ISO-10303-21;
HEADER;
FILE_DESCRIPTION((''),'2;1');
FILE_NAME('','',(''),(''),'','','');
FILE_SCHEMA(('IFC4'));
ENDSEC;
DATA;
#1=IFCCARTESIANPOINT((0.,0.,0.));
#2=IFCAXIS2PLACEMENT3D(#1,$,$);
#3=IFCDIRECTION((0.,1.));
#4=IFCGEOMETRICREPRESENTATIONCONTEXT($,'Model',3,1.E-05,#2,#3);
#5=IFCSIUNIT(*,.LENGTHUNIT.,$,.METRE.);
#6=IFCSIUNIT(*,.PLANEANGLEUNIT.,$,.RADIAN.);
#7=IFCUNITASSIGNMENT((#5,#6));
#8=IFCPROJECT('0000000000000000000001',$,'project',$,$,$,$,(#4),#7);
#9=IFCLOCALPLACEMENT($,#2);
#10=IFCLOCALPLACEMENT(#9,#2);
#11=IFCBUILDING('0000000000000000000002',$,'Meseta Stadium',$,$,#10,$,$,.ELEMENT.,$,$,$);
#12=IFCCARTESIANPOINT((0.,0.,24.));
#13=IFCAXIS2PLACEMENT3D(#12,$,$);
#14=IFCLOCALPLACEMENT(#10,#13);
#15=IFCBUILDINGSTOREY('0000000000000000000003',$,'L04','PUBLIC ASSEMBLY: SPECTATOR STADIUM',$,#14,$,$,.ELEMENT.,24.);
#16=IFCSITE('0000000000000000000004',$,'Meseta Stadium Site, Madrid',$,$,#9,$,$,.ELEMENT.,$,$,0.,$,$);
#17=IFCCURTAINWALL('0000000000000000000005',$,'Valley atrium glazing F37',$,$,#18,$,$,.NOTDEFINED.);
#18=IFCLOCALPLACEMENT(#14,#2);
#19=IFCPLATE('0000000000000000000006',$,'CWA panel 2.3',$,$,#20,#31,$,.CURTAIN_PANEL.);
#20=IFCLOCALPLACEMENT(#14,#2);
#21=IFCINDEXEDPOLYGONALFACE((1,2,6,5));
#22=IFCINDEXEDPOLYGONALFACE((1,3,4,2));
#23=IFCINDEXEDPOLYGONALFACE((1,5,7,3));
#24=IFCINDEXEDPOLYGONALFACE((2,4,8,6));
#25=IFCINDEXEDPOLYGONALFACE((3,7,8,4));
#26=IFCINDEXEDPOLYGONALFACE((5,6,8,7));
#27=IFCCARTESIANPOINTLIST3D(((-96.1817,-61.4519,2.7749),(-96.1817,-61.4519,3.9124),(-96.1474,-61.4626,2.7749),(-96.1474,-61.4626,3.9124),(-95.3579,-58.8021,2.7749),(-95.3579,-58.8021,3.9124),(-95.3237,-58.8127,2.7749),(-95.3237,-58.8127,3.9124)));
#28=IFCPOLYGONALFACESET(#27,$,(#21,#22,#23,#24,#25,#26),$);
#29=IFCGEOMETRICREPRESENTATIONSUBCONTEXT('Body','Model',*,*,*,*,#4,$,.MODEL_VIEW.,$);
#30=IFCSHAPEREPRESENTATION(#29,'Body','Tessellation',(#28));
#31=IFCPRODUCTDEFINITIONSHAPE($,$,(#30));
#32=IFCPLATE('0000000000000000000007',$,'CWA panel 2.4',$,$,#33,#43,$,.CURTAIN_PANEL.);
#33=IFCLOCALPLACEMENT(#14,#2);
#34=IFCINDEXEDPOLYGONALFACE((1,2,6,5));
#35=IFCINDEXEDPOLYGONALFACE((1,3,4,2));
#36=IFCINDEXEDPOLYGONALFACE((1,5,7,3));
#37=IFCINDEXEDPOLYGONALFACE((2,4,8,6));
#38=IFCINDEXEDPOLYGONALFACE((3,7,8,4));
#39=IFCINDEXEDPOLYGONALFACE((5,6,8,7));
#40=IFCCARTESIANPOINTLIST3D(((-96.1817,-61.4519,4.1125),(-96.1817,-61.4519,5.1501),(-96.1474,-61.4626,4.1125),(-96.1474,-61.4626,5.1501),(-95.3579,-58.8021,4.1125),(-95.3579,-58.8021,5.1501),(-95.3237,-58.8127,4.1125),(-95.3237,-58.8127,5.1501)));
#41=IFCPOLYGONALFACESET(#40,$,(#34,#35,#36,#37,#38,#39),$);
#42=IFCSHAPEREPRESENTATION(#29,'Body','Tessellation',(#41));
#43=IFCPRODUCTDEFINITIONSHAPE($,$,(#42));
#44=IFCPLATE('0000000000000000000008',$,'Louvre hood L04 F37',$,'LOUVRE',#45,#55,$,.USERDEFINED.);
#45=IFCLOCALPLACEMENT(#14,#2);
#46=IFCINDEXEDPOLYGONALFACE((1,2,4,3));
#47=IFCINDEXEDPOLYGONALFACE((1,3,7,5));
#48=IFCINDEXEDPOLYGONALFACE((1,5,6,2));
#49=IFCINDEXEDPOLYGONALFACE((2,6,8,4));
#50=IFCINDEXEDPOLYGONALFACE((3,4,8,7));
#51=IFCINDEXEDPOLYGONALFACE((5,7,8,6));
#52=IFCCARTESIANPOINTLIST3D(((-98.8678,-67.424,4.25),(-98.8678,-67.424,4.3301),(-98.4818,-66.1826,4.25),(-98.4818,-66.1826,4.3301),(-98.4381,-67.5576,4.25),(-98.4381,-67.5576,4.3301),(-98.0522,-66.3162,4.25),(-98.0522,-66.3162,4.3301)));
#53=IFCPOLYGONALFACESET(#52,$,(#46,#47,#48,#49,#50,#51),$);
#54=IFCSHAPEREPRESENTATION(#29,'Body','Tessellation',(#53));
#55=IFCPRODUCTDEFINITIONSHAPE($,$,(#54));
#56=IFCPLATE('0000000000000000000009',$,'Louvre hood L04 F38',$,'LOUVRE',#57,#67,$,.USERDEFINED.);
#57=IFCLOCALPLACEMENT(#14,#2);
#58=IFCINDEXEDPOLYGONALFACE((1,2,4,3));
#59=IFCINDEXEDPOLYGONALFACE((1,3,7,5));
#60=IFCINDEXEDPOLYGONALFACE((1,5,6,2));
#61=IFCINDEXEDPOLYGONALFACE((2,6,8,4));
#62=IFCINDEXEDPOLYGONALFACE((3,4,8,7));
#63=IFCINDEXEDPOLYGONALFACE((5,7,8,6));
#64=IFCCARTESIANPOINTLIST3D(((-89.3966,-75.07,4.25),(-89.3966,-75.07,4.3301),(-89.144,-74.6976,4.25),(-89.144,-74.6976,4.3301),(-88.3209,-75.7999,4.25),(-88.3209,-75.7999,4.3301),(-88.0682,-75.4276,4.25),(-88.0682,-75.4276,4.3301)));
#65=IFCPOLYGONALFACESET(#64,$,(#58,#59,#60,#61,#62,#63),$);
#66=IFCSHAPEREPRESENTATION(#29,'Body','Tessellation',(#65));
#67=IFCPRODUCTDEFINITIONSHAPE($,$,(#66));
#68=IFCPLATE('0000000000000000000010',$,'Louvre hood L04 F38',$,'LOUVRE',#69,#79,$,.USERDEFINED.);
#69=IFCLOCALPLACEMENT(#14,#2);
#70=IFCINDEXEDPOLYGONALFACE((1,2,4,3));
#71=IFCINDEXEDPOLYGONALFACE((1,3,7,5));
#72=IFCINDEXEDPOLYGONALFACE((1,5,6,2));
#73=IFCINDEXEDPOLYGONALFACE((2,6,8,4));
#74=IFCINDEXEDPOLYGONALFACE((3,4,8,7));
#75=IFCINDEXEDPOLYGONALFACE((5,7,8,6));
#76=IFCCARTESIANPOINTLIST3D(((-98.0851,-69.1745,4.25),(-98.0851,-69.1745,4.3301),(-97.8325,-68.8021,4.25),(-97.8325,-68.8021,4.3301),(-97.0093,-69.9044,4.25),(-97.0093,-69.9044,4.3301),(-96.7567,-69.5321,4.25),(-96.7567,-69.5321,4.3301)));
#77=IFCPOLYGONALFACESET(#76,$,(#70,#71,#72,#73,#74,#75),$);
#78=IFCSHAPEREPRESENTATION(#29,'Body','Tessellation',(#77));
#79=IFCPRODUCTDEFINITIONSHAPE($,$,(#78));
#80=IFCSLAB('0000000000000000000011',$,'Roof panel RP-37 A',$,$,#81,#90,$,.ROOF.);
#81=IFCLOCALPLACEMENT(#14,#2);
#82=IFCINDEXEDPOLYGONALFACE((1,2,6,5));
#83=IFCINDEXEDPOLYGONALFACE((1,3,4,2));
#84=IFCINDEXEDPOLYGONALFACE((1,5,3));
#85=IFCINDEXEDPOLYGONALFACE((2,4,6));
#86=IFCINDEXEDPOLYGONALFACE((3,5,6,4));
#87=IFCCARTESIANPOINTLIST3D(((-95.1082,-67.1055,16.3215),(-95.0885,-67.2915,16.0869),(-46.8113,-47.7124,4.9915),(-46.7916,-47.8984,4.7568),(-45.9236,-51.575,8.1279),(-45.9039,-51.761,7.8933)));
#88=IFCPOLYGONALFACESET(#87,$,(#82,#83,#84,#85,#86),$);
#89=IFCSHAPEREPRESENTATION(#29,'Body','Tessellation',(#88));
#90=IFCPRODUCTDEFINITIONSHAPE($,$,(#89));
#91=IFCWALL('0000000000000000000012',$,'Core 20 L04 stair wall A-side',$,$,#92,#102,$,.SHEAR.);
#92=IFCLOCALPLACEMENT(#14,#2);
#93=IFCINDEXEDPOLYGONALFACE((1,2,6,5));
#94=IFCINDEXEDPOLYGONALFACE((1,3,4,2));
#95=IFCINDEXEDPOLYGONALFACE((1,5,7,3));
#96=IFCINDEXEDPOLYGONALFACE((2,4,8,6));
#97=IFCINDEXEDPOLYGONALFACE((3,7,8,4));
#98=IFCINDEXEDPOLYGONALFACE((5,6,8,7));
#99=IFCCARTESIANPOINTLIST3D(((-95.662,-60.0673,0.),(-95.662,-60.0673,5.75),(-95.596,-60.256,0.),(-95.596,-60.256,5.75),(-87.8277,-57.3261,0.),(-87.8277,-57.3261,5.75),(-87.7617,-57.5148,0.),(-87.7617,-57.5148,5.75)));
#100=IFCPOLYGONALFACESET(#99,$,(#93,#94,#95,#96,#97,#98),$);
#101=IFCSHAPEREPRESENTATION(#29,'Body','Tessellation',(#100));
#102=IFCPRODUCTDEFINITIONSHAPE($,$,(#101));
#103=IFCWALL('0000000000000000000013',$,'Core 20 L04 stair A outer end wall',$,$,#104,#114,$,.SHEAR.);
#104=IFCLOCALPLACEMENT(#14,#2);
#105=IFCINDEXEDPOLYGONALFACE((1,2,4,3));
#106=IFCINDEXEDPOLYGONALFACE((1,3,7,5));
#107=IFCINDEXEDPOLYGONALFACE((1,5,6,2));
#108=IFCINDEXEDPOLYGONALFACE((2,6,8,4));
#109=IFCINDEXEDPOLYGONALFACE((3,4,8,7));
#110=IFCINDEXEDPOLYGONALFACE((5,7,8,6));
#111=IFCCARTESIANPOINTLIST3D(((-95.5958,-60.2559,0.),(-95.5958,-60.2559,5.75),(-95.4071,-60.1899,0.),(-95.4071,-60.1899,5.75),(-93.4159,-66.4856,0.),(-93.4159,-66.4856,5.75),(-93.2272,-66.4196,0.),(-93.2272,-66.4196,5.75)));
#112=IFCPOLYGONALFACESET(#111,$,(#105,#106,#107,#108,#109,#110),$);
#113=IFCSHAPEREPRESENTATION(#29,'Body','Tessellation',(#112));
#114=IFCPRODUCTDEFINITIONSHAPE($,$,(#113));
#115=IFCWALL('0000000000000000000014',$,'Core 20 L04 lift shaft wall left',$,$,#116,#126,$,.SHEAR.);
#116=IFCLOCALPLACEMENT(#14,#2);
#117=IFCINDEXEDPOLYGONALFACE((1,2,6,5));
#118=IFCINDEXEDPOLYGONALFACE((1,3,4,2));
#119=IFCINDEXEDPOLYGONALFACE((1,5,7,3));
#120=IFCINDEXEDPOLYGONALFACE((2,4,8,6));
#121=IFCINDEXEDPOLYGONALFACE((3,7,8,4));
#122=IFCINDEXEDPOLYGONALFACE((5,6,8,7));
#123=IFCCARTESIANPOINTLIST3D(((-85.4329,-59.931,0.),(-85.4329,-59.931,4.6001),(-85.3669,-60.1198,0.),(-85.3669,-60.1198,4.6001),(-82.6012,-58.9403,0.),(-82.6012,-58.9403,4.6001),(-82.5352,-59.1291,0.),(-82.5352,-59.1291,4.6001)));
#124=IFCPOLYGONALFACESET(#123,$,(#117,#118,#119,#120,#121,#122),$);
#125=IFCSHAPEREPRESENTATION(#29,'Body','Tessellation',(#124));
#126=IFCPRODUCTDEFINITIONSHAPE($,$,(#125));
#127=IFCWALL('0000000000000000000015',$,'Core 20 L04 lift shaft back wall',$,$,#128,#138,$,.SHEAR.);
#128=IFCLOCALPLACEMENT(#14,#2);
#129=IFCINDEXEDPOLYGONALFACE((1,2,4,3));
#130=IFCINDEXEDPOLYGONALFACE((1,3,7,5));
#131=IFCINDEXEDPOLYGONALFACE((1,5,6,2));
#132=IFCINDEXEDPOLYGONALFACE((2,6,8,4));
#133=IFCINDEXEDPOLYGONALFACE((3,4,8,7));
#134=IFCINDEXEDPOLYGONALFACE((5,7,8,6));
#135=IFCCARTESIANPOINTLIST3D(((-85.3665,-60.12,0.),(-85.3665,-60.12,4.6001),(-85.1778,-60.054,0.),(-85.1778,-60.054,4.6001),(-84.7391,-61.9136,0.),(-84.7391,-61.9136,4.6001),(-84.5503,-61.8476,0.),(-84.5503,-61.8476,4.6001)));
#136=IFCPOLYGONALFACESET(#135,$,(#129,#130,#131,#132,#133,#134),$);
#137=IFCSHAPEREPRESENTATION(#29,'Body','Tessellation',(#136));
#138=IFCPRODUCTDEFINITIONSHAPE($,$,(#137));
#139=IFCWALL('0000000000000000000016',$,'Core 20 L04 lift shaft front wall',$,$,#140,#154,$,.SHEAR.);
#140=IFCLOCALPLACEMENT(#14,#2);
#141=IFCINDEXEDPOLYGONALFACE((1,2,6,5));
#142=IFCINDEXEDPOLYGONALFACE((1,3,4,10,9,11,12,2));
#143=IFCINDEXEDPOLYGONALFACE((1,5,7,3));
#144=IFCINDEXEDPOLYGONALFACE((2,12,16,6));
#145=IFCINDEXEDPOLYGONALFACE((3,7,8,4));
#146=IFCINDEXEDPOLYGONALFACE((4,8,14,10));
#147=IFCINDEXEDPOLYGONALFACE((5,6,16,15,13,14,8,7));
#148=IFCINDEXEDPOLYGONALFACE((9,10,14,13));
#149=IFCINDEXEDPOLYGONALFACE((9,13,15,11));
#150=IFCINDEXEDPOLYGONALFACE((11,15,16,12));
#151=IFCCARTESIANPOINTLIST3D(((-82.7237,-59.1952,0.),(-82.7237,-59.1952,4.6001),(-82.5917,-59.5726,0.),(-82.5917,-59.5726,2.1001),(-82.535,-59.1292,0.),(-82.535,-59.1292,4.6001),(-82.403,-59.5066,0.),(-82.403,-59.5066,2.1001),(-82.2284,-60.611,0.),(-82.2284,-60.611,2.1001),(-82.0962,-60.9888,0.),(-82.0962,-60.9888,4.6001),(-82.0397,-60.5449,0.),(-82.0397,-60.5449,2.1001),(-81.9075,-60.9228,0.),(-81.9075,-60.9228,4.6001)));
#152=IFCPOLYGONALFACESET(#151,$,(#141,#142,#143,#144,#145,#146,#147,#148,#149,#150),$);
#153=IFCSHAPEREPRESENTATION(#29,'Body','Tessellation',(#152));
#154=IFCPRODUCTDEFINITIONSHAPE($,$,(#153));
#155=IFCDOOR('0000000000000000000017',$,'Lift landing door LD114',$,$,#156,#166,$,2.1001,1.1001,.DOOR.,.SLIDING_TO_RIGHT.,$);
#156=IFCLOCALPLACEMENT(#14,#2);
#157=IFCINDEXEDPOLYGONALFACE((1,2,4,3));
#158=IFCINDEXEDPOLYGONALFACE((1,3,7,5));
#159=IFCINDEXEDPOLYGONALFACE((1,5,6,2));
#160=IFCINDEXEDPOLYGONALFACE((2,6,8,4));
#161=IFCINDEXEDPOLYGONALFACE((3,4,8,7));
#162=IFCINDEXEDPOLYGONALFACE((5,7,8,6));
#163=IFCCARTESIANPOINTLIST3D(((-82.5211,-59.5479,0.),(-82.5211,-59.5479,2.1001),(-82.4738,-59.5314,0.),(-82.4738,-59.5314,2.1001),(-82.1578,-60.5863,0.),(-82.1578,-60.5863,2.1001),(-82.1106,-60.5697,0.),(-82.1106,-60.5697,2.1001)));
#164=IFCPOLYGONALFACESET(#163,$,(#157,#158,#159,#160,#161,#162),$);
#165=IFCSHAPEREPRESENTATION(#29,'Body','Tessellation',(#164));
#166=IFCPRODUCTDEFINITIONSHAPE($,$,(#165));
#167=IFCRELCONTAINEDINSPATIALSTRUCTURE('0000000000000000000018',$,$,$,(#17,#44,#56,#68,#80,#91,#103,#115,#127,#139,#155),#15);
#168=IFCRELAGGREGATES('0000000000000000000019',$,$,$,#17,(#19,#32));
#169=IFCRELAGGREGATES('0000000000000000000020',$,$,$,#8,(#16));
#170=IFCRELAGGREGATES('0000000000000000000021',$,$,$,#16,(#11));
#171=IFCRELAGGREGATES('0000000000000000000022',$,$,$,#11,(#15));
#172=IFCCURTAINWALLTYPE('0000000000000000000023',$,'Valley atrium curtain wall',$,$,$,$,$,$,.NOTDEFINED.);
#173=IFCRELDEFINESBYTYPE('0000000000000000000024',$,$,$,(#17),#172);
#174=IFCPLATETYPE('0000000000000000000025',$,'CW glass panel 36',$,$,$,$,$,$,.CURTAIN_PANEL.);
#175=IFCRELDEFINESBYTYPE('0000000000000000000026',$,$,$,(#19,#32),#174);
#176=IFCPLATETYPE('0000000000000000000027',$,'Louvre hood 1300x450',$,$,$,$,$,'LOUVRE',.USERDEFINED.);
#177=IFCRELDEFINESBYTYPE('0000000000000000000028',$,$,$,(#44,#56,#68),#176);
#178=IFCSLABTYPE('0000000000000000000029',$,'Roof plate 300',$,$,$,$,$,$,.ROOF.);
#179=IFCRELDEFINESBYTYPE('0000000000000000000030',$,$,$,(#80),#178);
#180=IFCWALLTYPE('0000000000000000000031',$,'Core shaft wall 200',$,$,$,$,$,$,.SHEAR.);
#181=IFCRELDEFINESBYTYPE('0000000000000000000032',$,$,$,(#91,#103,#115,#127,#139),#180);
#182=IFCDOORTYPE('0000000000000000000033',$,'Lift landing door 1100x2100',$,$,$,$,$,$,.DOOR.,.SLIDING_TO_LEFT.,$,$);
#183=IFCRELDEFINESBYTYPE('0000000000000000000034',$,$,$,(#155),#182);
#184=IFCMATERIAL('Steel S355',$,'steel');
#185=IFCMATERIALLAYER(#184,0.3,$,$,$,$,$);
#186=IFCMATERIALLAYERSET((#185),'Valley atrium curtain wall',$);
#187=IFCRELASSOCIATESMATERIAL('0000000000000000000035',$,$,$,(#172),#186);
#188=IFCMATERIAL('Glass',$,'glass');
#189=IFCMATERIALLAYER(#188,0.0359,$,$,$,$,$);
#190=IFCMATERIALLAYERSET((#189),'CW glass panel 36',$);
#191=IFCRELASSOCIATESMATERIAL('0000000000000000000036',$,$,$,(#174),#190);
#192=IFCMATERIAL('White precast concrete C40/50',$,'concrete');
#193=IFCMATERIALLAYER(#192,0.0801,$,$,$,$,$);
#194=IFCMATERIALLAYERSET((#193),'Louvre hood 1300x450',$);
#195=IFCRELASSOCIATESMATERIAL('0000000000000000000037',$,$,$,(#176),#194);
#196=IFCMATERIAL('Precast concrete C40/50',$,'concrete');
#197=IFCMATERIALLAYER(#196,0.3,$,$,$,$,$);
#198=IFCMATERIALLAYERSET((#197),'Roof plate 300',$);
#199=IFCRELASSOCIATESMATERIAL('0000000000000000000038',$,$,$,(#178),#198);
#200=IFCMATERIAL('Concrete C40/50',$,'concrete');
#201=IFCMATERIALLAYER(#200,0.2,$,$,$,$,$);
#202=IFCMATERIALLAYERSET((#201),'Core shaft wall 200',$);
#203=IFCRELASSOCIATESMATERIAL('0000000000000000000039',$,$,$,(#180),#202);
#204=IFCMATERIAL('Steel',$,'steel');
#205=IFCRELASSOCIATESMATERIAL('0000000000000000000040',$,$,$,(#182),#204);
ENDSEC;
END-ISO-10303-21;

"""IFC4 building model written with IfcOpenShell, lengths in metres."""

from ifc_helpers import new_model, si_unit, direction, frame, frame_2d, origin, origin_2d, place, context, subcontext, project, spatial, polyline, rectangle, outline, extrude, material, layer, layer_set, type_object, element, fill, aggregate, save


model = new_model("IFC4")

# Units and contexts
model_context = context("Model", 3, precision=1e-05, world=origin(), true_north=direction((0.0, 1.0)))
body_context = subcontext(model_context, "Body", "Model", "MODEL_VIEW")
ifc_project = project(units=[si_unit("LENGTHUNIT", "METRE"), si_unit("PLANEANGLEUNIT", "RADIAN")], contexts=[model_context])

# Site, building, storey
site_placement = place(None, origin())
site = spatial("IfcSite", under=ifc_project, at=site_placement, Name="Meseta Stadium Site, Madrid", CompositionType="ELEMENT", RefElevation=0.0)
building_placement = place(site_placement, origin())
building = spatial("IfcBuilding", under=site, at=building_placement, Name="Meseta Stadium", CompositionType="ELEMENT")
storey_placement = place(building_placement, frame((0.0, 0.0, 24.0)))
storey = spatial("IfcBuildingStorey", under=building, at=storey_placement, Name="L04", Description="PUBLIC ASSEMBLY: SPECTATOR STADIUM", CompositionType="ELEMENT", Elevation=24.0)

# Curtain wall
ifc_material_1 = material(Name="Steel S355", Category="steel")
ifc_layer_1 = layer(ifc_material_1, 0.3)
ifc_layer_set_1 = layer_set([ifc_layer_1], Name="Valley atrium curtain wall")
curtain_wall_type = type_object("IfcCurtainWallType", Name="Valley atrium curtain wall", PredefinedType="NOTDEFINED", material=ifc_layer_set_1)
curtain_wall_placement = place(storey_placement, origin())
curtain_wall = element("IfcCurtainWall", 1, at=curtain_wall_placement, inside=storey, type_object=curtain_wall_type, Name="Valley atrium glazing F37", PredefinedType="NOTDEFINED")

# Plates
ifc_material_2 = material(Name="Glass", Category="glass")
ifc_layer_2 = layer(ifc_material_2, 0.0359)
ifc_layer_set_2 = layer_set([ifc_layer_2], Name="CW glass panel 36")
plate_type_1 = type_object("IfcPlateType", Name="CW glass panel 36", PredefinedType="CURTAIN_PANEL", material=ifc_layer_set_2)
plate_1_placement = place(storey_placement, frame((-95.7527, -60.1323, 2.7749), z_axis=(0.0, 0.0, 1.0), x_axis=(-0.296869, -0.954918, 0.0)))
plate_1 = element("IfcPlate", 2, at=plate_1_placement, type_object=plate_type_1, Name="CWA panel 2.3", PredefinedType="CURTAIN_PANEL", context=body_context, shape_type="SweptSolid", body=[
    extrude(rectangle(XDim=2.7749, YDim=0.0359, at=origin_2d()), origin(), (0.0, 0.0, 1.0), 1.1375),
])
plate_2_placement = place(storey_placement, frame((-95.7527, -60.1323, 4.1125), z_axis=(0.0, 0.0, 1.0), x_axis=(-0.296869, -0.954918, 0.0)))
plate_2 = element("IfcPlate", 3, at=plate_2_placement, type_object=plate_type_1, Name="CWA panel 2.4", PredefinedType="CURTAIN_PANEL", context=body_context, shape_type="SweptSolid", body=[
    extrude(rectangle(XDim=2.7749, YDim=0.0359, at=origin_2d()), origin(), (0.0, 0.0, 1.0), 1.0376),
])
aggregate(curtain_wall, [plate_1, plate_2])

# Plates
ifc_material_3 = material(Name="White precast concrete C40/50", Category="concrete")
ifc_layer_3 = layer(ifc_material_3, 0.0801)
ifc_layer_set_3 = layer_set([ifc_layer_3], Name="Louvre hood 1300x450")
plate_type_2 = type_object("IfcPlateType", Name="Louvre hood 1300x450", ElementType="LOUVRE", PredefinedType="USERDEFINED", material=ifc_layer_set_3)
for number, where, z_axis, x_axis, name in (
    (4, (-98.46, -66.8701, 4.25), (0.0, 0.0, 1.0), (-0.296869, -0.954918, 0.0), "Louvre hood L04 F37"),
    (5, (-88.7324, -75.2488, 4.25), (0.0, 0.0, 1.0), (0.827483, -0.56149, 0.0), "Louvre hood L04 F38"),
    (6, (-97.4209, -69.3533, 4.25), (0.0, 0.0, 1.0), (0.827483, -0.56149, 0.0), "Louvre hood L04 F38"),
):
    element("IfcPlate", number, at=place(storey_placement, frame(where, z_axis=z_axis, x_axis=x_axis)), inside=storey, type_object=plate_type_2, Name=name, ObjectType="LOUVRE", PredefinedType="USERDEFINED", context=body_context, shape_type="SweptSolid", body=[
        extrude(rectangle(XDim=1.3, YDim=0.45, at=origin_2d()), origin(), (0.0, 0.0, 1.0), 0.0801),
    ])

# Slab
ifc_material_4 = material(Name="Precast concrete C40/50", Category="concrete")
ifc_layer_4 = layer(ifc_material_4, 0.3)
ifc_layer_set_4 = layer_set([ifc_layer_4], Name="Roof plate 300")
slab_type = type_object("IfcSlabType", Name="Roof plate 300", PredefinedType="ROOF", material=ifc_layer_set_4)
slab_placement = place(storey_placement, frame((-95.1082, -67.1055, 16.3215), z_axis=(-0.065478, 0.619905, 0.78194), x_axis=(0.906746, 0.364094, -0.212716)))
element("IfcSlab", 7, at=slab_placement, inside=storey, type_object=slab_type, Name="Roof panel RP-37 A", PredefinedType="ROOF", context=body_context, shape_type="SweptSolid", body=[
    extrude(outline(polyline([(0.0, 0.0), (53.264, 0.0), (51.9954, -4.8924), (0.0, 0.0)])), origin(), (0.0, 0.0, -1.0), 0.3),
])

# Walls
ifc_material_5 = material(Name="Concrete C40/50", Category="concrete")
ifc_layer_5 = layer(ifc_material_5, 0.2)
ifc_layer_set_5 = layer_set([ifc_layer_5], Name="Core shaft wall 200")
wall_type_1 = type_object("IfcWallType", Name="Core shaft wall 200", PredefinedType="SHEAR", material=ifc_layer_set_5)
wall_1_placement = place(storey_placement, frame((-95.6289, -60.1616, 0.0), z_axis=(0.0, 0.0, 1.0), x_axis=(0.943887, 0.330268, 0.0)))
element("IfcWall", 8, at=wall_1_placement, inside=storey, type_object=wall_type_1, Name="Core 20 L04 stair wall A-side", PredefinedType="SHEAR", context=body_context, shape_type="SweptSolid", body=[
    extrude(rectangle(XDim=8.3, YDim=0.2, at=frame_2d((4.1499, 0.0))), origin(), (0.0, 0.0, 1.0), 5.75),
])
wall_2_placement = place(storey_placement, frame((-95.5015, -60.2229, 0.0), z_axis=(0.0, 0.0, 1.0), x_axis=(0.330286, -0.943881, 0.0)))
element("IfcWall", 9, at=wall_2_placement, inside=storey, type_object=wall_type_1, Name="Core 20 L04 stair A outer end wall", PredefinedType="SHEAR", context=body_context, shape_type="SweptSolid", body=[
    extrude(rectangle(XDim=6.6001, YDim=0.2, at=frame_2d((3.3, 0.0))), origin(), (0.0, 0.0, 1.0), 5.75),
])
wall_3_placement = place(storey_placement, frame((-85.3999, -60.0254, 0.0), z_axis=(0.0, 0.0, 1.0), x_axis=(0.9439, 0.330231, 0.0)))
element("IfcWall", 10, at=wall_3_placement, inside=storey, type_object=wall_type_1, Name="Core 20 L04 lift shaft wall left", PredefinedType="SHEAR", context=body_context, shape_type="SweptSolid", body=[
    extrude(rectangle(XDim=3.0, YDim=0.2, at=frame_2d((1.5, 0.0))), origin(), (0.0, 0.0, 1.0), 4.6001),
])
wall_4_placement = place(storey_placement, frame((-85.2722, -60.0869, 0.0), z_axis=(0.0, 0.0, 1.0), x_axis=(0.330225, -0.943902, 0.0)))
element("IfcWall", 11, at=wall_4_placement, inside=storey, type_object=wall_type_1, Name="Core 20 L04 lift shaft back wall", PredefinedType="SHEAR", context=body_context, shape_type="SweptSolid", body=[
    extrude(rectangle(XDim=1.9001, YDim=0.2, at=frame_2d((0.9502, 0.0))), origin(), (0.0, 0.0, 1.0), 4.6001),
])

# Wall, opening, door
wall_5_placement = place(storey_placement, frame((-82.6294, -59.1621, 0.0), z_axis=(0.0, 0.0, 1.0), x_axis=(0.330225, -0.943902, 0.0)))
wall_5 = element("IfcWall", 12, at=wall_5_placement, inside=storey, type_object=wall_type_1, Name="Core 20 L04 lift shaft front wall", PredefinedType="SHEAR", context=body_context, shape_type="SweptSolid", body=[
    extrude(rectangle(XDim=1.9001, YDim=0.2, at=frame_2d((0.9502, 0.0))), origin(), (0.0, 0.0, 1.0), 4.6001),
])
opening_1_placement = place(wall_5_placement, frame((0.3999, 0.0, 0.0)))
opening_1 = element("IfcOpeningElement", 13, at=opening_1_placement, cuts=wall_5, PredefinedType="OPENING", context=body_context, shape_type="SweptSolid", body=[
    extrude(rectangle(XDim=1.1001, YDim=2.1001, at=frame_2d((0.55, 1.05))), frame((0.0, 0.1099, 0.0), z_axis=(0.0, -1.0, 0.0), x_axis=(1.0, 0.0, 0.0)), (0.0, 0.0, 1.0), 0.22),
])
ifc_material_6 = material(Name="Steel", Category="steel")
door_type = type_object("IfcDoorType", Name="Lift landing door 1100x2100", OperationType="SLIDING_TO_LEFT", PredefinedType="DOOR", material=ifc_material_6)
door_placement = place(opening_1_placement, origin())
door = element("IfcDoor", 14, at=door_placement, inside=storey, type_object=door_type, Name="Lift landing door LD114", OperationType="SLIDING_TO_RIGHT", OverallHeight=2.1001, OverallWidth=1.1001, PredefinedType="DOOR", context=body_context, shape_type="SweptSolid", body=[
    extrude(rectangle(XDim=1.1001, YDim=2.1001, at=frame_2d((0.55, 1.05))), frame((0.0, 0.0249, 0.0), z_axis=(0.0, -1.0, 0.0), x_axis=(1.0, 0.0, 0.0)), (0.0, 0.0, 1.0), 0.05),
])
fill(opening_1, door)

save(model, "model.ifc")
